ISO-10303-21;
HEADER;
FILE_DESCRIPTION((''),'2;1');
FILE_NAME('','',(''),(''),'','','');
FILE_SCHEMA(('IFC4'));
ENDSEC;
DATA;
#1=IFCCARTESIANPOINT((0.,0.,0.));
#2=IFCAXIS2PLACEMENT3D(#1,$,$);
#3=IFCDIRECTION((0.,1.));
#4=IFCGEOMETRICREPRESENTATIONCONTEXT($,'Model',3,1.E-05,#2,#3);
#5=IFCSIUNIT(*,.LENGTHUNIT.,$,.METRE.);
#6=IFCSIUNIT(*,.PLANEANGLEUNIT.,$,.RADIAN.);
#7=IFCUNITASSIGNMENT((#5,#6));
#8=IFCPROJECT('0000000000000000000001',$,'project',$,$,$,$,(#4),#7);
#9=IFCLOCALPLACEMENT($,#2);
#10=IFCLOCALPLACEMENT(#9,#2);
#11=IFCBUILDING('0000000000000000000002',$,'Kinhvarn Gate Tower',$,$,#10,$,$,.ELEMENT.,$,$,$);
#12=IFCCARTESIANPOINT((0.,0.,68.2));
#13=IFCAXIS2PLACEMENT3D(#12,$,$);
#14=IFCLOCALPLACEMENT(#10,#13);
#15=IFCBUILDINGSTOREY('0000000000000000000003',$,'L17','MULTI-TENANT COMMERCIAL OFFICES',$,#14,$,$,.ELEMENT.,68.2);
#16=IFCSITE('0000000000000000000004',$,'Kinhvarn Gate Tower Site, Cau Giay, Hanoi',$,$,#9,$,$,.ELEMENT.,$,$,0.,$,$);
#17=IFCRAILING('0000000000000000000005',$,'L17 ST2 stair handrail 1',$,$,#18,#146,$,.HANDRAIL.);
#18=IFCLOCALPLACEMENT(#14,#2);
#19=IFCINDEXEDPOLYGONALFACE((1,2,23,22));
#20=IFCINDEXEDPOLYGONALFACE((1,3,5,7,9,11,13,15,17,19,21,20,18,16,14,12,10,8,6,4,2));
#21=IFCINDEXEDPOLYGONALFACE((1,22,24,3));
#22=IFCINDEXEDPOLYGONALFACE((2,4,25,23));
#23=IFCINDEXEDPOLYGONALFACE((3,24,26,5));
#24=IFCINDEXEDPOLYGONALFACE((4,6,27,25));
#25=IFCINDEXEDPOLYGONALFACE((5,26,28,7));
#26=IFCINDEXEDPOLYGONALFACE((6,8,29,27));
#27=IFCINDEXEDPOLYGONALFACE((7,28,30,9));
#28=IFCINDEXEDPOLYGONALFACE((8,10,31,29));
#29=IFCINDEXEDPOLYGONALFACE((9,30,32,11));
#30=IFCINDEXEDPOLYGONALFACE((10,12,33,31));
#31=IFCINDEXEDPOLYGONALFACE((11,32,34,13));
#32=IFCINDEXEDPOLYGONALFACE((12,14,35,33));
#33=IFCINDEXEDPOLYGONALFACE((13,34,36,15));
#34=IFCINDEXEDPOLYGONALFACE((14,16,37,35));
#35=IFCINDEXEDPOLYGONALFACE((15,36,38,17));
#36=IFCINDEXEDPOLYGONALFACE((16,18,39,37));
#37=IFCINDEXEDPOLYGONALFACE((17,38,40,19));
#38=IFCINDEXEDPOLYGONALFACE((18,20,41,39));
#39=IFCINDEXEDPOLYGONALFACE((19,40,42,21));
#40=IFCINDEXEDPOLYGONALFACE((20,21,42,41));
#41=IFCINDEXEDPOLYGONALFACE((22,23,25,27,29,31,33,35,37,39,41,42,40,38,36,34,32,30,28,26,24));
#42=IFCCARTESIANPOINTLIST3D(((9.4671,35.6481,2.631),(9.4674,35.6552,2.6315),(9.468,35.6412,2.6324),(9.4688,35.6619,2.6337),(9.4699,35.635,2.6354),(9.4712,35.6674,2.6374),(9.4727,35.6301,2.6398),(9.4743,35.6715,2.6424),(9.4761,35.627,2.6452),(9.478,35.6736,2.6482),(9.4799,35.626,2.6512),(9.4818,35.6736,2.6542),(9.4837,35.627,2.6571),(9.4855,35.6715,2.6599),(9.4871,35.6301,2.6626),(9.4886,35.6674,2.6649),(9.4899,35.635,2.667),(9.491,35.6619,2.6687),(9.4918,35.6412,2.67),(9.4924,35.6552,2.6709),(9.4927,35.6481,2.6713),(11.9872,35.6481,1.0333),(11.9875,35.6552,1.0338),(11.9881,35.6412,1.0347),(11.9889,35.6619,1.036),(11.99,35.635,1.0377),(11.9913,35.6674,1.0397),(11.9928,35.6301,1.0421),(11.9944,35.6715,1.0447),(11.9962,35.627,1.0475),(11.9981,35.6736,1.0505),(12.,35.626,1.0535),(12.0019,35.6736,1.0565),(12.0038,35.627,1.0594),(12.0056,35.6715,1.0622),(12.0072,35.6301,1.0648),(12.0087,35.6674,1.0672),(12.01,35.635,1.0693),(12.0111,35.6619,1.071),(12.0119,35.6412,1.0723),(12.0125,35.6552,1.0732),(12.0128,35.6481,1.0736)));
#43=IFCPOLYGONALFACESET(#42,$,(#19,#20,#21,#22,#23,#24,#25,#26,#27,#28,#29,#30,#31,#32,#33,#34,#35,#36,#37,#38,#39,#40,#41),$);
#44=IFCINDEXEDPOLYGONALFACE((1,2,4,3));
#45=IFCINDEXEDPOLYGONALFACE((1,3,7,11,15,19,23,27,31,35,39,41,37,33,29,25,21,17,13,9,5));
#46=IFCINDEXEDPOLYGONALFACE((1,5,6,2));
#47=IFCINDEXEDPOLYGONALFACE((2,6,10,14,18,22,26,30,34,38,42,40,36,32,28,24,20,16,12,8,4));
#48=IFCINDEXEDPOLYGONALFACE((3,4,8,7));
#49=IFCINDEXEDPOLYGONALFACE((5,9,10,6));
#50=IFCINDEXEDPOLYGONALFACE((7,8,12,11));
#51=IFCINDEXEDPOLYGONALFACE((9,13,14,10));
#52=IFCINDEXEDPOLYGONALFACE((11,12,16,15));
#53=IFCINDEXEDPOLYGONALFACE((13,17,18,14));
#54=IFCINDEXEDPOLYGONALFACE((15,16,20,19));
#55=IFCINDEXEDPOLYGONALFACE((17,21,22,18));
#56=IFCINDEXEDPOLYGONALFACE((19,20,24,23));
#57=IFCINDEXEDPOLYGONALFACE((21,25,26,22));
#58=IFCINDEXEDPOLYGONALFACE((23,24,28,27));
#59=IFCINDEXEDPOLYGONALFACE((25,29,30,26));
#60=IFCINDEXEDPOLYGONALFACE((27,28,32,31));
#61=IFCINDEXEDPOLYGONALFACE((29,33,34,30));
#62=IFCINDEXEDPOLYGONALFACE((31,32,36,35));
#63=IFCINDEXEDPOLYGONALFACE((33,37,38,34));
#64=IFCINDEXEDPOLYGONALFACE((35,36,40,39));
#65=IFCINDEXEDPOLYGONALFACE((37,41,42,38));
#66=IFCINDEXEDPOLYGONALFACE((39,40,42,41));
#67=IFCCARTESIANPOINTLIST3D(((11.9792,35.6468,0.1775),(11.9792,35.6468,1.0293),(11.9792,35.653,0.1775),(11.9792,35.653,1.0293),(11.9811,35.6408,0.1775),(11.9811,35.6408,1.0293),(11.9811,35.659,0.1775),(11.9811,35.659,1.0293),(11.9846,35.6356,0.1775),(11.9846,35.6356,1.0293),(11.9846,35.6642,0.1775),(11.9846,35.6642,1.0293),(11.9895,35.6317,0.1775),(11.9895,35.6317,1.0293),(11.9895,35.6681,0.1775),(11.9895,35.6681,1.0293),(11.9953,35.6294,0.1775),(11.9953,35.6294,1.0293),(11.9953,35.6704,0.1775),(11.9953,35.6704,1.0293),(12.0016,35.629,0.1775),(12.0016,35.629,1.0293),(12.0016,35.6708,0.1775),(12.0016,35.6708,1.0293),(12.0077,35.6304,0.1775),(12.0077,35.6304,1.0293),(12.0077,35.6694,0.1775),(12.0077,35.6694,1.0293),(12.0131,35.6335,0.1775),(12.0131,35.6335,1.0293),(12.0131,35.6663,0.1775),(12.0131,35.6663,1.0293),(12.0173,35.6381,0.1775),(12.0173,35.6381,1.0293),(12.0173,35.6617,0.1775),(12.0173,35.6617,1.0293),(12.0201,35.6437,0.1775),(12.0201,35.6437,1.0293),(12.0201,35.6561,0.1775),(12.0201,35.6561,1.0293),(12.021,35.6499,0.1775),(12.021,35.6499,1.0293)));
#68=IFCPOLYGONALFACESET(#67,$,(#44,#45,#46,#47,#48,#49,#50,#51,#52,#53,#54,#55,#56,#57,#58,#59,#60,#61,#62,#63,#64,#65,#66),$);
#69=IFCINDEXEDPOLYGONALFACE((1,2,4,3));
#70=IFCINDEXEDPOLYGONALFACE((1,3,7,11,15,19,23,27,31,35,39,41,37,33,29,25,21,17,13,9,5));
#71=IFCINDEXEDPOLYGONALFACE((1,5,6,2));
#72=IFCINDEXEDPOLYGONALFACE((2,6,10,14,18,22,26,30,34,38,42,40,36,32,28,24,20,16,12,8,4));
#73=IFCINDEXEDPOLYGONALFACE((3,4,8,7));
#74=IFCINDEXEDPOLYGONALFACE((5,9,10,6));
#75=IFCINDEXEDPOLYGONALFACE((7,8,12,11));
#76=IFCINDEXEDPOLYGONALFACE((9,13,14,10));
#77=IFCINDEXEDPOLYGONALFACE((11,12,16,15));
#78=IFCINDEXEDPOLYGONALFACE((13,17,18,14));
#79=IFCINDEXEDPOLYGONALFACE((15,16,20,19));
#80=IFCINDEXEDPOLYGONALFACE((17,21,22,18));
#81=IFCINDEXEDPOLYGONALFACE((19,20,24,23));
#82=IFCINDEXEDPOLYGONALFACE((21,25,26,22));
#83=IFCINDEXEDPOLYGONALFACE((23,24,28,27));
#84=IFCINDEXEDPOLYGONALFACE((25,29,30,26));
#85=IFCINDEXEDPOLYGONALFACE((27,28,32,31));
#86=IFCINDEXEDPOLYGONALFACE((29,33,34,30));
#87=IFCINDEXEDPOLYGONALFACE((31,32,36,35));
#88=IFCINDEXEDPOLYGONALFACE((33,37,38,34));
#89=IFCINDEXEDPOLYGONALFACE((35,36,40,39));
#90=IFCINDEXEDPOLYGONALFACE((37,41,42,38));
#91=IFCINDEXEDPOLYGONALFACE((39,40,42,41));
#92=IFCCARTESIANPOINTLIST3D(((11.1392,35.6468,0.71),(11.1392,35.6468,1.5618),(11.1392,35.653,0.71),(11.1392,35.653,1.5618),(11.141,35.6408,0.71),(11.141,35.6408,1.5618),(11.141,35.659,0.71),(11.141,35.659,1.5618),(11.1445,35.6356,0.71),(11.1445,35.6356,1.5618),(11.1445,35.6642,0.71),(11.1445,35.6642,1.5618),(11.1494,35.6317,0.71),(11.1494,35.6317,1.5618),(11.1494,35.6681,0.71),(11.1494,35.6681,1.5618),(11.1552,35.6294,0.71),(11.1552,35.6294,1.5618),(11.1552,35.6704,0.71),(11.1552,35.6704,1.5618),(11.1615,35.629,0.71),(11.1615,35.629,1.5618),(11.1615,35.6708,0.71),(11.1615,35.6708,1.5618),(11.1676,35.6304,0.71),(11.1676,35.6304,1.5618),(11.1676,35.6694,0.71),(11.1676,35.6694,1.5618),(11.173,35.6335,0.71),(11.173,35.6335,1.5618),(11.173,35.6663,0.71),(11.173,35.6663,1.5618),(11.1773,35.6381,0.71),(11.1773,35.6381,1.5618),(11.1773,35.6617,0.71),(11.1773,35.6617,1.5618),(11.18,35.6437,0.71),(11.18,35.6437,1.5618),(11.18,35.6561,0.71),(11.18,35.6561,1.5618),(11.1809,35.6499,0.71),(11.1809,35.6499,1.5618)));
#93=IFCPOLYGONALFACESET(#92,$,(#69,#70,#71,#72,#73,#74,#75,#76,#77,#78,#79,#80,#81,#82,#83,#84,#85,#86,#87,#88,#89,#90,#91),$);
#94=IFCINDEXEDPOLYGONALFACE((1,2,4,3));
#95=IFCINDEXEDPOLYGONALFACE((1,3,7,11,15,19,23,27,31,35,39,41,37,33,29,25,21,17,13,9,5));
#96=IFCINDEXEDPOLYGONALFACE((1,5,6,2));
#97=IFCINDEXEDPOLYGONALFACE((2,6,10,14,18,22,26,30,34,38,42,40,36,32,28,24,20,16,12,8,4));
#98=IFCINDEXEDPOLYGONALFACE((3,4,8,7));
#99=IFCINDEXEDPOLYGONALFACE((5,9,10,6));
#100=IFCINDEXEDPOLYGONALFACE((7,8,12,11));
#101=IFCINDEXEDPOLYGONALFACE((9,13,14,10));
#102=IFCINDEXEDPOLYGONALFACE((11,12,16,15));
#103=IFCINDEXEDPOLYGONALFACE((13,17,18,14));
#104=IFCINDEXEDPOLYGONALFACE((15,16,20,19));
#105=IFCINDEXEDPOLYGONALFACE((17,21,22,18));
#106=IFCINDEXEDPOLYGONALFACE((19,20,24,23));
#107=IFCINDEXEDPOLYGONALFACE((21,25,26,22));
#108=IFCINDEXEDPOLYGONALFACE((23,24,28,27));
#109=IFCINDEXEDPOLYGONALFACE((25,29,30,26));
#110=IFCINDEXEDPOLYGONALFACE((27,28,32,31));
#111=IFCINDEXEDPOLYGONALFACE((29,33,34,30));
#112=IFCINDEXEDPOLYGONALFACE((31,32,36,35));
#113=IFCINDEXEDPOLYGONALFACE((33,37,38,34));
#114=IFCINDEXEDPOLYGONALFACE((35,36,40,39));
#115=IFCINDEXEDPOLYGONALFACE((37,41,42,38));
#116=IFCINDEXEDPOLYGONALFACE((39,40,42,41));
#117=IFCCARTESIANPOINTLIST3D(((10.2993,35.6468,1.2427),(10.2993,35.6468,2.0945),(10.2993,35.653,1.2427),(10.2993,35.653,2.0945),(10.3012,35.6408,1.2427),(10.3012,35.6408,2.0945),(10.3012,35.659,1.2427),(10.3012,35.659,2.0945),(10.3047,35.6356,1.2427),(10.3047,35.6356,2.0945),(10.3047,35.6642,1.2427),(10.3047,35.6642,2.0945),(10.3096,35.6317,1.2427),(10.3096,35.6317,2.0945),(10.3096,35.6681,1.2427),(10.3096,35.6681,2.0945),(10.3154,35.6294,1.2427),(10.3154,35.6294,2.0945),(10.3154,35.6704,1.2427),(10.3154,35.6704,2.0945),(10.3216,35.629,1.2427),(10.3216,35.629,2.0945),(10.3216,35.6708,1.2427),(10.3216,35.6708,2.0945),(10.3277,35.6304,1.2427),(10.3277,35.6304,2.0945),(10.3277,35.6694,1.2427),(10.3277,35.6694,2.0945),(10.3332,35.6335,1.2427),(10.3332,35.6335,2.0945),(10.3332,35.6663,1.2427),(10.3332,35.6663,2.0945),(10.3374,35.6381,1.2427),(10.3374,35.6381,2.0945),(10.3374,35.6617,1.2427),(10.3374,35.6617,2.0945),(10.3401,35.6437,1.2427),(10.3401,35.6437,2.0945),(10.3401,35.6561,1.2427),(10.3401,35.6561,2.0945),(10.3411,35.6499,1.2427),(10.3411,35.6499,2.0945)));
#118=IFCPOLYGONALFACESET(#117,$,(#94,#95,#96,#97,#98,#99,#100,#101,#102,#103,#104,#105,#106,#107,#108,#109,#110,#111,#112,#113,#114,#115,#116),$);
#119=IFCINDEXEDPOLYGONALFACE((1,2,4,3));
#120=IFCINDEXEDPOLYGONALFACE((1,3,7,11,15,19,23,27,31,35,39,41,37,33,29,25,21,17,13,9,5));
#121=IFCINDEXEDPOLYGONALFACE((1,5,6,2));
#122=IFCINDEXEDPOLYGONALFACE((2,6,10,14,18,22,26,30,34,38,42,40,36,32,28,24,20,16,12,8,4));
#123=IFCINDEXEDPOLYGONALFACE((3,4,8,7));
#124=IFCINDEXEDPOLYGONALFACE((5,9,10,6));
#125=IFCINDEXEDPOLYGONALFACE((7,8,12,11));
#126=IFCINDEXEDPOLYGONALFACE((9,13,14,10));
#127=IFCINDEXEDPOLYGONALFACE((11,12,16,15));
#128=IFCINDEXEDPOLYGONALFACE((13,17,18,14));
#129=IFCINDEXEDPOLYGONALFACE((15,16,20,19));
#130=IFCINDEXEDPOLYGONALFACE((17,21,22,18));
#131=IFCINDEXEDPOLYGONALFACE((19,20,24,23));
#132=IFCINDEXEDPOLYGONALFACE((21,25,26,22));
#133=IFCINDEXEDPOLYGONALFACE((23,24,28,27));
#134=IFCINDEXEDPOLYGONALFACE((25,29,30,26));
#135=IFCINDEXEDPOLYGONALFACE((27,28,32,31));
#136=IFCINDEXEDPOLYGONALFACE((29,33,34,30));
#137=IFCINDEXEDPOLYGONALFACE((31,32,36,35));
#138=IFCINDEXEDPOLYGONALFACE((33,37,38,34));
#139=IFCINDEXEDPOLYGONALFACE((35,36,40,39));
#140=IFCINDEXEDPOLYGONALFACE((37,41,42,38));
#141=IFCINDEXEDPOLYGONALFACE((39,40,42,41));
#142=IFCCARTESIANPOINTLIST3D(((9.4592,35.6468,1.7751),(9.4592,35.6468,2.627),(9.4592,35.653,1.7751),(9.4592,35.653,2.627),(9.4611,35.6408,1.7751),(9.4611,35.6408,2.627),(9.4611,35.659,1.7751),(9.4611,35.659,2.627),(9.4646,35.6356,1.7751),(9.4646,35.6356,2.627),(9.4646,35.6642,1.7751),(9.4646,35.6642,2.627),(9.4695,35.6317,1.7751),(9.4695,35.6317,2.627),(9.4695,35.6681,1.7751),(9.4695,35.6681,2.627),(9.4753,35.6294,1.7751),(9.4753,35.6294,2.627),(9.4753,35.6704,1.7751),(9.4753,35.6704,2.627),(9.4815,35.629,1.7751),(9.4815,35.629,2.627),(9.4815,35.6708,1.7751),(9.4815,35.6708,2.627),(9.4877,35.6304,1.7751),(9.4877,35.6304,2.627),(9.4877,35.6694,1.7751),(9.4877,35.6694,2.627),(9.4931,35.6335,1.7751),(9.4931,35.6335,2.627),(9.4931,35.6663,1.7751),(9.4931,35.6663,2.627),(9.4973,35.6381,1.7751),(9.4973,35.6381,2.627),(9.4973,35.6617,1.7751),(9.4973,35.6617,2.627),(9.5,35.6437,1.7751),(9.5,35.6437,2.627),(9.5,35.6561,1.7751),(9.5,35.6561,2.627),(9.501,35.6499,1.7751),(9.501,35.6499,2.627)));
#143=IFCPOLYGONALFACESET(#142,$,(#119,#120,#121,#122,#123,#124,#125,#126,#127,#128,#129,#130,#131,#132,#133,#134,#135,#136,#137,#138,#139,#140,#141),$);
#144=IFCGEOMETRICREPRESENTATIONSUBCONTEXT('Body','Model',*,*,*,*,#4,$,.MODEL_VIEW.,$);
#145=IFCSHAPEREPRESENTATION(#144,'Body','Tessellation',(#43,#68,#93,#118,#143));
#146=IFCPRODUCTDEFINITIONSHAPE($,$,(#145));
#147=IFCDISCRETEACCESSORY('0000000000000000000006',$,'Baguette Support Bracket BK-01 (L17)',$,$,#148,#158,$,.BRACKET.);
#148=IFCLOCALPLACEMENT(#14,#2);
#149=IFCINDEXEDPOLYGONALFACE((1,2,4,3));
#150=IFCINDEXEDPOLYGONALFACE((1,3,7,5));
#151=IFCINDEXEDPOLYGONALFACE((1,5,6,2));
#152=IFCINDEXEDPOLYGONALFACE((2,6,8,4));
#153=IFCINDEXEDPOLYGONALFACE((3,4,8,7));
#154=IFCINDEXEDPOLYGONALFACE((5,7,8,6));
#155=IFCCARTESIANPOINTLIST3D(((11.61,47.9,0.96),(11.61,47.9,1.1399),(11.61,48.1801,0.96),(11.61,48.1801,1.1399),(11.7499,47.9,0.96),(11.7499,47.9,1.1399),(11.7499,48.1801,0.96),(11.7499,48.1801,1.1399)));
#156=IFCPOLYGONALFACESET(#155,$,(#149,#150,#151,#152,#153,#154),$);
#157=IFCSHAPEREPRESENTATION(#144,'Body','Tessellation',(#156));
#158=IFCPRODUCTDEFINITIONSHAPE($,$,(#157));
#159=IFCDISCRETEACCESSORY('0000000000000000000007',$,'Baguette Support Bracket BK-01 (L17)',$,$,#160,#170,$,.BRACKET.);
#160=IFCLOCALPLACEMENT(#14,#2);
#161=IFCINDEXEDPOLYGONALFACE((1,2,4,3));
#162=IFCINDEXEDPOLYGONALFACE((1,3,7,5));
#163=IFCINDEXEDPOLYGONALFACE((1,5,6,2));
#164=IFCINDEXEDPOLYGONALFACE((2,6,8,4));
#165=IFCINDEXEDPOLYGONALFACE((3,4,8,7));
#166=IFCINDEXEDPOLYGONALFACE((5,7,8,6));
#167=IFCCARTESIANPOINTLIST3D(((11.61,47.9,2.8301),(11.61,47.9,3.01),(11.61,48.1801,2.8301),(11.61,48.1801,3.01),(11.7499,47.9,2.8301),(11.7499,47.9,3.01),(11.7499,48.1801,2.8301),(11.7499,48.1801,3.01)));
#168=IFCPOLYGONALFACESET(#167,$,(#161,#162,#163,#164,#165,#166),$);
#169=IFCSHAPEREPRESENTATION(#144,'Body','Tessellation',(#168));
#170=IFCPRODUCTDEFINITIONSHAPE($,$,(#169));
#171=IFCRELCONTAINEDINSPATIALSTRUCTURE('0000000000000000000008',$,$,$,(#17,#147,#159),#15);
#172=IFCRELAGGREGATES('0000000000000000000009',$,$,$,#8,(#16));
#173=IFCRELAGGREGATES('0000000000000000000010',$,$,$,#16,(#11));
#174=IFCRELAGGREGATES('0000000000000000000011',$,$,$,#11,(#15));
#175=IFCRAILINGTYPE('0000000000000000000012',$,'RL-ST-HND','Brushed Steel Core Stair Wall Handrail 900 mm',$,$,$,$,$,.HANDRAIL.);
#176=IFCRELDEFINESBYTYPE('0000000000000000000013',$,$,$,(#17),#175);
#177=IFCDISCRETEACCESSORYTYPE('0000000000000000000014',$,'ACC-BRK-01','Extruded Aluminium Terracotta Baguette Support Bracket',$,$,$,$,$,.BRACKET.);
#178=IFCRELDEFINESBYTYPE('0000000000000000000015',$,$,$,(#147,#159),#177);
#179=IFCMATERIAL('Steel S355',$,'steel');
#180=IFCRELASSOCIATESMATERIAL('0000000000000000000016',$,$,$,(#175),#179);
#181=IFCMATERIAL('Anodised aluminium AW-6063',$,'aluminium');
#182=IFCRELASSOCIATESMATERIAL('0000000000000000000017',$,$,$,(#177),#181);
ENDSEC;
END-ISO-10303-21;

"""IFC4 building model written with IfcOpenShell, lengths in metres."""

from ifc_helpers import new_model, si_unit, direction, frame, origin, origin_2d, place, context, subcontext, project, spatial, rectangle, circle, extrude, material, type_object, element, save


model = new_model("IFC4")

# Units and contexts
model_context = context("Model", 3, precision=1e-05, world=origin(), true_north=direction((0.0, 1.0)))
body_context = subcontext(model_context, "Body", "Model", "MODEL_VIEW")
ifc_project = project(units=[si_unit("LENGTHUNIT", "METRE"), si_unit("PLANEANGLEUNIT", "RADIAN")], contexts=[model_context])

# Site, building, storey
site_placement = place(None, origin())
site = spatial("IfcSite", under=ifc_project, at=site_placement, Name="Kinhvarn Gate Tower Site, Cau Giay, Hanoi", CompositionType="ELEMENT", RefElevation=0.0)
building_placement = place(site_placement, origin())
building = spatial("IfcBuilding", under=site, at=building_placement, Name="Kinhvarn Gate Tower", CompositionType="ELEMENT")
storey_placement = place(building_placement, frame((0.0, 0.0, 68.2)))
storey = spatial("IfcBuildingStorey", under=building, at=storey_placement, Name="L17", Description="MULTI-TENANT COMMERCIAL OFFICES", CompositionType="ELEMENT", Elevation=68.2)

# Shared definitions
ifc_material_1 = material(Name="Anodised aluminium AW-6063", Category="aluminium")

# Shared definitions
ifc_material_2 = material(Name="Steel S355", Category="steel")

# Railing
railing_type_1 = type_object("IfcRailingType", Name="RL-ST-HND", Description="Brushed Steel Core Stair Wall Handrail 900 mm", PredefinedType="HANDRAIL", material=ifc_material_2)
railing_1_placement = place(storey_placement, frame((12.0, 35.6499, 0.1775)))
element("IfcRailing", 1, at=railing_1_placement, inside=storey, type_object=railing_type_1, Name="L17 ST2 stair handrail 1", PredefinedType="HANDRAIL", context=body_context, shape_type="SweptSolid", body=[
    extrude(circle(Radius=0.0239, at=origin_2d()), frame((0.0, 0.0, 0.876), z_axis=(-0.84457, 0.0, 0.535445), x_axis=(0.0, -1.0, 0.0)), (0.0, 0.0, 1.0), 2.9839),
    extrude(circle(Radius=0.021, at=origin_2d()), origin(), (0.0, 0.0, 1.0), 0.8518),
    extrude(circle(Radius=0.021, at=origin_2d()), frame((-0.8401, 0.0, 0.5325)), (0.0, 0.0, 1.0), 0.8518),
    extrude(circle(Radius=0.021, at=origin_2d()), frame((-1.6799, 0.0, 1.0652)), (0.0, 0.0, 1.0), 0.8518),
    extrude(circle(Radius=0.021, at=origin_2d()), frame((-2.52, 0.0, 1.5977)), (0.0, 0.0, 1.0), 0.8518),
])

# Discrete accessories
discrete_accessory_type = type_object("IfcDiscreteAccessoryType", Name="ACC-BRK-01", Description="Extruded Aluminium Terracotta Baguette Support Bracket", PredefinedType="BRACKET", material=ifc_material_1)
for number, where, z_axis, x_axis, name in (
    (2, (11.6799, 48.04, 0.96), (0.0, 0.0, 1.0), (-1.0, 0.0, 0.0), "Baguette Support Bracket BK-01 (L17)"),
    (3, (11.6799, 48.04, 2.8301), (0.0, 0.0, 1.0), (-1.0, 0.0, 0.0), "Baguette Support Bracket BK-01 (L17)"),
):
    element("IfcDiscreteAccessory", number, at=place(storey_placement, frame(where, z_axis=z_axis, x_axis=x_axis)), inside=storey, type_object=discrete_accessory_type, Name=name, PredefinedType="BRACKET", context=body_context, shape_type="SweptSolid", body=[
        extrude(rectangle(XDim=0.1399, YDim=0.28, at=origin_2d()), origin(), (0.0, 0.0, 1.0), 0.1799),
    ])

save(model, "model.ifc")
